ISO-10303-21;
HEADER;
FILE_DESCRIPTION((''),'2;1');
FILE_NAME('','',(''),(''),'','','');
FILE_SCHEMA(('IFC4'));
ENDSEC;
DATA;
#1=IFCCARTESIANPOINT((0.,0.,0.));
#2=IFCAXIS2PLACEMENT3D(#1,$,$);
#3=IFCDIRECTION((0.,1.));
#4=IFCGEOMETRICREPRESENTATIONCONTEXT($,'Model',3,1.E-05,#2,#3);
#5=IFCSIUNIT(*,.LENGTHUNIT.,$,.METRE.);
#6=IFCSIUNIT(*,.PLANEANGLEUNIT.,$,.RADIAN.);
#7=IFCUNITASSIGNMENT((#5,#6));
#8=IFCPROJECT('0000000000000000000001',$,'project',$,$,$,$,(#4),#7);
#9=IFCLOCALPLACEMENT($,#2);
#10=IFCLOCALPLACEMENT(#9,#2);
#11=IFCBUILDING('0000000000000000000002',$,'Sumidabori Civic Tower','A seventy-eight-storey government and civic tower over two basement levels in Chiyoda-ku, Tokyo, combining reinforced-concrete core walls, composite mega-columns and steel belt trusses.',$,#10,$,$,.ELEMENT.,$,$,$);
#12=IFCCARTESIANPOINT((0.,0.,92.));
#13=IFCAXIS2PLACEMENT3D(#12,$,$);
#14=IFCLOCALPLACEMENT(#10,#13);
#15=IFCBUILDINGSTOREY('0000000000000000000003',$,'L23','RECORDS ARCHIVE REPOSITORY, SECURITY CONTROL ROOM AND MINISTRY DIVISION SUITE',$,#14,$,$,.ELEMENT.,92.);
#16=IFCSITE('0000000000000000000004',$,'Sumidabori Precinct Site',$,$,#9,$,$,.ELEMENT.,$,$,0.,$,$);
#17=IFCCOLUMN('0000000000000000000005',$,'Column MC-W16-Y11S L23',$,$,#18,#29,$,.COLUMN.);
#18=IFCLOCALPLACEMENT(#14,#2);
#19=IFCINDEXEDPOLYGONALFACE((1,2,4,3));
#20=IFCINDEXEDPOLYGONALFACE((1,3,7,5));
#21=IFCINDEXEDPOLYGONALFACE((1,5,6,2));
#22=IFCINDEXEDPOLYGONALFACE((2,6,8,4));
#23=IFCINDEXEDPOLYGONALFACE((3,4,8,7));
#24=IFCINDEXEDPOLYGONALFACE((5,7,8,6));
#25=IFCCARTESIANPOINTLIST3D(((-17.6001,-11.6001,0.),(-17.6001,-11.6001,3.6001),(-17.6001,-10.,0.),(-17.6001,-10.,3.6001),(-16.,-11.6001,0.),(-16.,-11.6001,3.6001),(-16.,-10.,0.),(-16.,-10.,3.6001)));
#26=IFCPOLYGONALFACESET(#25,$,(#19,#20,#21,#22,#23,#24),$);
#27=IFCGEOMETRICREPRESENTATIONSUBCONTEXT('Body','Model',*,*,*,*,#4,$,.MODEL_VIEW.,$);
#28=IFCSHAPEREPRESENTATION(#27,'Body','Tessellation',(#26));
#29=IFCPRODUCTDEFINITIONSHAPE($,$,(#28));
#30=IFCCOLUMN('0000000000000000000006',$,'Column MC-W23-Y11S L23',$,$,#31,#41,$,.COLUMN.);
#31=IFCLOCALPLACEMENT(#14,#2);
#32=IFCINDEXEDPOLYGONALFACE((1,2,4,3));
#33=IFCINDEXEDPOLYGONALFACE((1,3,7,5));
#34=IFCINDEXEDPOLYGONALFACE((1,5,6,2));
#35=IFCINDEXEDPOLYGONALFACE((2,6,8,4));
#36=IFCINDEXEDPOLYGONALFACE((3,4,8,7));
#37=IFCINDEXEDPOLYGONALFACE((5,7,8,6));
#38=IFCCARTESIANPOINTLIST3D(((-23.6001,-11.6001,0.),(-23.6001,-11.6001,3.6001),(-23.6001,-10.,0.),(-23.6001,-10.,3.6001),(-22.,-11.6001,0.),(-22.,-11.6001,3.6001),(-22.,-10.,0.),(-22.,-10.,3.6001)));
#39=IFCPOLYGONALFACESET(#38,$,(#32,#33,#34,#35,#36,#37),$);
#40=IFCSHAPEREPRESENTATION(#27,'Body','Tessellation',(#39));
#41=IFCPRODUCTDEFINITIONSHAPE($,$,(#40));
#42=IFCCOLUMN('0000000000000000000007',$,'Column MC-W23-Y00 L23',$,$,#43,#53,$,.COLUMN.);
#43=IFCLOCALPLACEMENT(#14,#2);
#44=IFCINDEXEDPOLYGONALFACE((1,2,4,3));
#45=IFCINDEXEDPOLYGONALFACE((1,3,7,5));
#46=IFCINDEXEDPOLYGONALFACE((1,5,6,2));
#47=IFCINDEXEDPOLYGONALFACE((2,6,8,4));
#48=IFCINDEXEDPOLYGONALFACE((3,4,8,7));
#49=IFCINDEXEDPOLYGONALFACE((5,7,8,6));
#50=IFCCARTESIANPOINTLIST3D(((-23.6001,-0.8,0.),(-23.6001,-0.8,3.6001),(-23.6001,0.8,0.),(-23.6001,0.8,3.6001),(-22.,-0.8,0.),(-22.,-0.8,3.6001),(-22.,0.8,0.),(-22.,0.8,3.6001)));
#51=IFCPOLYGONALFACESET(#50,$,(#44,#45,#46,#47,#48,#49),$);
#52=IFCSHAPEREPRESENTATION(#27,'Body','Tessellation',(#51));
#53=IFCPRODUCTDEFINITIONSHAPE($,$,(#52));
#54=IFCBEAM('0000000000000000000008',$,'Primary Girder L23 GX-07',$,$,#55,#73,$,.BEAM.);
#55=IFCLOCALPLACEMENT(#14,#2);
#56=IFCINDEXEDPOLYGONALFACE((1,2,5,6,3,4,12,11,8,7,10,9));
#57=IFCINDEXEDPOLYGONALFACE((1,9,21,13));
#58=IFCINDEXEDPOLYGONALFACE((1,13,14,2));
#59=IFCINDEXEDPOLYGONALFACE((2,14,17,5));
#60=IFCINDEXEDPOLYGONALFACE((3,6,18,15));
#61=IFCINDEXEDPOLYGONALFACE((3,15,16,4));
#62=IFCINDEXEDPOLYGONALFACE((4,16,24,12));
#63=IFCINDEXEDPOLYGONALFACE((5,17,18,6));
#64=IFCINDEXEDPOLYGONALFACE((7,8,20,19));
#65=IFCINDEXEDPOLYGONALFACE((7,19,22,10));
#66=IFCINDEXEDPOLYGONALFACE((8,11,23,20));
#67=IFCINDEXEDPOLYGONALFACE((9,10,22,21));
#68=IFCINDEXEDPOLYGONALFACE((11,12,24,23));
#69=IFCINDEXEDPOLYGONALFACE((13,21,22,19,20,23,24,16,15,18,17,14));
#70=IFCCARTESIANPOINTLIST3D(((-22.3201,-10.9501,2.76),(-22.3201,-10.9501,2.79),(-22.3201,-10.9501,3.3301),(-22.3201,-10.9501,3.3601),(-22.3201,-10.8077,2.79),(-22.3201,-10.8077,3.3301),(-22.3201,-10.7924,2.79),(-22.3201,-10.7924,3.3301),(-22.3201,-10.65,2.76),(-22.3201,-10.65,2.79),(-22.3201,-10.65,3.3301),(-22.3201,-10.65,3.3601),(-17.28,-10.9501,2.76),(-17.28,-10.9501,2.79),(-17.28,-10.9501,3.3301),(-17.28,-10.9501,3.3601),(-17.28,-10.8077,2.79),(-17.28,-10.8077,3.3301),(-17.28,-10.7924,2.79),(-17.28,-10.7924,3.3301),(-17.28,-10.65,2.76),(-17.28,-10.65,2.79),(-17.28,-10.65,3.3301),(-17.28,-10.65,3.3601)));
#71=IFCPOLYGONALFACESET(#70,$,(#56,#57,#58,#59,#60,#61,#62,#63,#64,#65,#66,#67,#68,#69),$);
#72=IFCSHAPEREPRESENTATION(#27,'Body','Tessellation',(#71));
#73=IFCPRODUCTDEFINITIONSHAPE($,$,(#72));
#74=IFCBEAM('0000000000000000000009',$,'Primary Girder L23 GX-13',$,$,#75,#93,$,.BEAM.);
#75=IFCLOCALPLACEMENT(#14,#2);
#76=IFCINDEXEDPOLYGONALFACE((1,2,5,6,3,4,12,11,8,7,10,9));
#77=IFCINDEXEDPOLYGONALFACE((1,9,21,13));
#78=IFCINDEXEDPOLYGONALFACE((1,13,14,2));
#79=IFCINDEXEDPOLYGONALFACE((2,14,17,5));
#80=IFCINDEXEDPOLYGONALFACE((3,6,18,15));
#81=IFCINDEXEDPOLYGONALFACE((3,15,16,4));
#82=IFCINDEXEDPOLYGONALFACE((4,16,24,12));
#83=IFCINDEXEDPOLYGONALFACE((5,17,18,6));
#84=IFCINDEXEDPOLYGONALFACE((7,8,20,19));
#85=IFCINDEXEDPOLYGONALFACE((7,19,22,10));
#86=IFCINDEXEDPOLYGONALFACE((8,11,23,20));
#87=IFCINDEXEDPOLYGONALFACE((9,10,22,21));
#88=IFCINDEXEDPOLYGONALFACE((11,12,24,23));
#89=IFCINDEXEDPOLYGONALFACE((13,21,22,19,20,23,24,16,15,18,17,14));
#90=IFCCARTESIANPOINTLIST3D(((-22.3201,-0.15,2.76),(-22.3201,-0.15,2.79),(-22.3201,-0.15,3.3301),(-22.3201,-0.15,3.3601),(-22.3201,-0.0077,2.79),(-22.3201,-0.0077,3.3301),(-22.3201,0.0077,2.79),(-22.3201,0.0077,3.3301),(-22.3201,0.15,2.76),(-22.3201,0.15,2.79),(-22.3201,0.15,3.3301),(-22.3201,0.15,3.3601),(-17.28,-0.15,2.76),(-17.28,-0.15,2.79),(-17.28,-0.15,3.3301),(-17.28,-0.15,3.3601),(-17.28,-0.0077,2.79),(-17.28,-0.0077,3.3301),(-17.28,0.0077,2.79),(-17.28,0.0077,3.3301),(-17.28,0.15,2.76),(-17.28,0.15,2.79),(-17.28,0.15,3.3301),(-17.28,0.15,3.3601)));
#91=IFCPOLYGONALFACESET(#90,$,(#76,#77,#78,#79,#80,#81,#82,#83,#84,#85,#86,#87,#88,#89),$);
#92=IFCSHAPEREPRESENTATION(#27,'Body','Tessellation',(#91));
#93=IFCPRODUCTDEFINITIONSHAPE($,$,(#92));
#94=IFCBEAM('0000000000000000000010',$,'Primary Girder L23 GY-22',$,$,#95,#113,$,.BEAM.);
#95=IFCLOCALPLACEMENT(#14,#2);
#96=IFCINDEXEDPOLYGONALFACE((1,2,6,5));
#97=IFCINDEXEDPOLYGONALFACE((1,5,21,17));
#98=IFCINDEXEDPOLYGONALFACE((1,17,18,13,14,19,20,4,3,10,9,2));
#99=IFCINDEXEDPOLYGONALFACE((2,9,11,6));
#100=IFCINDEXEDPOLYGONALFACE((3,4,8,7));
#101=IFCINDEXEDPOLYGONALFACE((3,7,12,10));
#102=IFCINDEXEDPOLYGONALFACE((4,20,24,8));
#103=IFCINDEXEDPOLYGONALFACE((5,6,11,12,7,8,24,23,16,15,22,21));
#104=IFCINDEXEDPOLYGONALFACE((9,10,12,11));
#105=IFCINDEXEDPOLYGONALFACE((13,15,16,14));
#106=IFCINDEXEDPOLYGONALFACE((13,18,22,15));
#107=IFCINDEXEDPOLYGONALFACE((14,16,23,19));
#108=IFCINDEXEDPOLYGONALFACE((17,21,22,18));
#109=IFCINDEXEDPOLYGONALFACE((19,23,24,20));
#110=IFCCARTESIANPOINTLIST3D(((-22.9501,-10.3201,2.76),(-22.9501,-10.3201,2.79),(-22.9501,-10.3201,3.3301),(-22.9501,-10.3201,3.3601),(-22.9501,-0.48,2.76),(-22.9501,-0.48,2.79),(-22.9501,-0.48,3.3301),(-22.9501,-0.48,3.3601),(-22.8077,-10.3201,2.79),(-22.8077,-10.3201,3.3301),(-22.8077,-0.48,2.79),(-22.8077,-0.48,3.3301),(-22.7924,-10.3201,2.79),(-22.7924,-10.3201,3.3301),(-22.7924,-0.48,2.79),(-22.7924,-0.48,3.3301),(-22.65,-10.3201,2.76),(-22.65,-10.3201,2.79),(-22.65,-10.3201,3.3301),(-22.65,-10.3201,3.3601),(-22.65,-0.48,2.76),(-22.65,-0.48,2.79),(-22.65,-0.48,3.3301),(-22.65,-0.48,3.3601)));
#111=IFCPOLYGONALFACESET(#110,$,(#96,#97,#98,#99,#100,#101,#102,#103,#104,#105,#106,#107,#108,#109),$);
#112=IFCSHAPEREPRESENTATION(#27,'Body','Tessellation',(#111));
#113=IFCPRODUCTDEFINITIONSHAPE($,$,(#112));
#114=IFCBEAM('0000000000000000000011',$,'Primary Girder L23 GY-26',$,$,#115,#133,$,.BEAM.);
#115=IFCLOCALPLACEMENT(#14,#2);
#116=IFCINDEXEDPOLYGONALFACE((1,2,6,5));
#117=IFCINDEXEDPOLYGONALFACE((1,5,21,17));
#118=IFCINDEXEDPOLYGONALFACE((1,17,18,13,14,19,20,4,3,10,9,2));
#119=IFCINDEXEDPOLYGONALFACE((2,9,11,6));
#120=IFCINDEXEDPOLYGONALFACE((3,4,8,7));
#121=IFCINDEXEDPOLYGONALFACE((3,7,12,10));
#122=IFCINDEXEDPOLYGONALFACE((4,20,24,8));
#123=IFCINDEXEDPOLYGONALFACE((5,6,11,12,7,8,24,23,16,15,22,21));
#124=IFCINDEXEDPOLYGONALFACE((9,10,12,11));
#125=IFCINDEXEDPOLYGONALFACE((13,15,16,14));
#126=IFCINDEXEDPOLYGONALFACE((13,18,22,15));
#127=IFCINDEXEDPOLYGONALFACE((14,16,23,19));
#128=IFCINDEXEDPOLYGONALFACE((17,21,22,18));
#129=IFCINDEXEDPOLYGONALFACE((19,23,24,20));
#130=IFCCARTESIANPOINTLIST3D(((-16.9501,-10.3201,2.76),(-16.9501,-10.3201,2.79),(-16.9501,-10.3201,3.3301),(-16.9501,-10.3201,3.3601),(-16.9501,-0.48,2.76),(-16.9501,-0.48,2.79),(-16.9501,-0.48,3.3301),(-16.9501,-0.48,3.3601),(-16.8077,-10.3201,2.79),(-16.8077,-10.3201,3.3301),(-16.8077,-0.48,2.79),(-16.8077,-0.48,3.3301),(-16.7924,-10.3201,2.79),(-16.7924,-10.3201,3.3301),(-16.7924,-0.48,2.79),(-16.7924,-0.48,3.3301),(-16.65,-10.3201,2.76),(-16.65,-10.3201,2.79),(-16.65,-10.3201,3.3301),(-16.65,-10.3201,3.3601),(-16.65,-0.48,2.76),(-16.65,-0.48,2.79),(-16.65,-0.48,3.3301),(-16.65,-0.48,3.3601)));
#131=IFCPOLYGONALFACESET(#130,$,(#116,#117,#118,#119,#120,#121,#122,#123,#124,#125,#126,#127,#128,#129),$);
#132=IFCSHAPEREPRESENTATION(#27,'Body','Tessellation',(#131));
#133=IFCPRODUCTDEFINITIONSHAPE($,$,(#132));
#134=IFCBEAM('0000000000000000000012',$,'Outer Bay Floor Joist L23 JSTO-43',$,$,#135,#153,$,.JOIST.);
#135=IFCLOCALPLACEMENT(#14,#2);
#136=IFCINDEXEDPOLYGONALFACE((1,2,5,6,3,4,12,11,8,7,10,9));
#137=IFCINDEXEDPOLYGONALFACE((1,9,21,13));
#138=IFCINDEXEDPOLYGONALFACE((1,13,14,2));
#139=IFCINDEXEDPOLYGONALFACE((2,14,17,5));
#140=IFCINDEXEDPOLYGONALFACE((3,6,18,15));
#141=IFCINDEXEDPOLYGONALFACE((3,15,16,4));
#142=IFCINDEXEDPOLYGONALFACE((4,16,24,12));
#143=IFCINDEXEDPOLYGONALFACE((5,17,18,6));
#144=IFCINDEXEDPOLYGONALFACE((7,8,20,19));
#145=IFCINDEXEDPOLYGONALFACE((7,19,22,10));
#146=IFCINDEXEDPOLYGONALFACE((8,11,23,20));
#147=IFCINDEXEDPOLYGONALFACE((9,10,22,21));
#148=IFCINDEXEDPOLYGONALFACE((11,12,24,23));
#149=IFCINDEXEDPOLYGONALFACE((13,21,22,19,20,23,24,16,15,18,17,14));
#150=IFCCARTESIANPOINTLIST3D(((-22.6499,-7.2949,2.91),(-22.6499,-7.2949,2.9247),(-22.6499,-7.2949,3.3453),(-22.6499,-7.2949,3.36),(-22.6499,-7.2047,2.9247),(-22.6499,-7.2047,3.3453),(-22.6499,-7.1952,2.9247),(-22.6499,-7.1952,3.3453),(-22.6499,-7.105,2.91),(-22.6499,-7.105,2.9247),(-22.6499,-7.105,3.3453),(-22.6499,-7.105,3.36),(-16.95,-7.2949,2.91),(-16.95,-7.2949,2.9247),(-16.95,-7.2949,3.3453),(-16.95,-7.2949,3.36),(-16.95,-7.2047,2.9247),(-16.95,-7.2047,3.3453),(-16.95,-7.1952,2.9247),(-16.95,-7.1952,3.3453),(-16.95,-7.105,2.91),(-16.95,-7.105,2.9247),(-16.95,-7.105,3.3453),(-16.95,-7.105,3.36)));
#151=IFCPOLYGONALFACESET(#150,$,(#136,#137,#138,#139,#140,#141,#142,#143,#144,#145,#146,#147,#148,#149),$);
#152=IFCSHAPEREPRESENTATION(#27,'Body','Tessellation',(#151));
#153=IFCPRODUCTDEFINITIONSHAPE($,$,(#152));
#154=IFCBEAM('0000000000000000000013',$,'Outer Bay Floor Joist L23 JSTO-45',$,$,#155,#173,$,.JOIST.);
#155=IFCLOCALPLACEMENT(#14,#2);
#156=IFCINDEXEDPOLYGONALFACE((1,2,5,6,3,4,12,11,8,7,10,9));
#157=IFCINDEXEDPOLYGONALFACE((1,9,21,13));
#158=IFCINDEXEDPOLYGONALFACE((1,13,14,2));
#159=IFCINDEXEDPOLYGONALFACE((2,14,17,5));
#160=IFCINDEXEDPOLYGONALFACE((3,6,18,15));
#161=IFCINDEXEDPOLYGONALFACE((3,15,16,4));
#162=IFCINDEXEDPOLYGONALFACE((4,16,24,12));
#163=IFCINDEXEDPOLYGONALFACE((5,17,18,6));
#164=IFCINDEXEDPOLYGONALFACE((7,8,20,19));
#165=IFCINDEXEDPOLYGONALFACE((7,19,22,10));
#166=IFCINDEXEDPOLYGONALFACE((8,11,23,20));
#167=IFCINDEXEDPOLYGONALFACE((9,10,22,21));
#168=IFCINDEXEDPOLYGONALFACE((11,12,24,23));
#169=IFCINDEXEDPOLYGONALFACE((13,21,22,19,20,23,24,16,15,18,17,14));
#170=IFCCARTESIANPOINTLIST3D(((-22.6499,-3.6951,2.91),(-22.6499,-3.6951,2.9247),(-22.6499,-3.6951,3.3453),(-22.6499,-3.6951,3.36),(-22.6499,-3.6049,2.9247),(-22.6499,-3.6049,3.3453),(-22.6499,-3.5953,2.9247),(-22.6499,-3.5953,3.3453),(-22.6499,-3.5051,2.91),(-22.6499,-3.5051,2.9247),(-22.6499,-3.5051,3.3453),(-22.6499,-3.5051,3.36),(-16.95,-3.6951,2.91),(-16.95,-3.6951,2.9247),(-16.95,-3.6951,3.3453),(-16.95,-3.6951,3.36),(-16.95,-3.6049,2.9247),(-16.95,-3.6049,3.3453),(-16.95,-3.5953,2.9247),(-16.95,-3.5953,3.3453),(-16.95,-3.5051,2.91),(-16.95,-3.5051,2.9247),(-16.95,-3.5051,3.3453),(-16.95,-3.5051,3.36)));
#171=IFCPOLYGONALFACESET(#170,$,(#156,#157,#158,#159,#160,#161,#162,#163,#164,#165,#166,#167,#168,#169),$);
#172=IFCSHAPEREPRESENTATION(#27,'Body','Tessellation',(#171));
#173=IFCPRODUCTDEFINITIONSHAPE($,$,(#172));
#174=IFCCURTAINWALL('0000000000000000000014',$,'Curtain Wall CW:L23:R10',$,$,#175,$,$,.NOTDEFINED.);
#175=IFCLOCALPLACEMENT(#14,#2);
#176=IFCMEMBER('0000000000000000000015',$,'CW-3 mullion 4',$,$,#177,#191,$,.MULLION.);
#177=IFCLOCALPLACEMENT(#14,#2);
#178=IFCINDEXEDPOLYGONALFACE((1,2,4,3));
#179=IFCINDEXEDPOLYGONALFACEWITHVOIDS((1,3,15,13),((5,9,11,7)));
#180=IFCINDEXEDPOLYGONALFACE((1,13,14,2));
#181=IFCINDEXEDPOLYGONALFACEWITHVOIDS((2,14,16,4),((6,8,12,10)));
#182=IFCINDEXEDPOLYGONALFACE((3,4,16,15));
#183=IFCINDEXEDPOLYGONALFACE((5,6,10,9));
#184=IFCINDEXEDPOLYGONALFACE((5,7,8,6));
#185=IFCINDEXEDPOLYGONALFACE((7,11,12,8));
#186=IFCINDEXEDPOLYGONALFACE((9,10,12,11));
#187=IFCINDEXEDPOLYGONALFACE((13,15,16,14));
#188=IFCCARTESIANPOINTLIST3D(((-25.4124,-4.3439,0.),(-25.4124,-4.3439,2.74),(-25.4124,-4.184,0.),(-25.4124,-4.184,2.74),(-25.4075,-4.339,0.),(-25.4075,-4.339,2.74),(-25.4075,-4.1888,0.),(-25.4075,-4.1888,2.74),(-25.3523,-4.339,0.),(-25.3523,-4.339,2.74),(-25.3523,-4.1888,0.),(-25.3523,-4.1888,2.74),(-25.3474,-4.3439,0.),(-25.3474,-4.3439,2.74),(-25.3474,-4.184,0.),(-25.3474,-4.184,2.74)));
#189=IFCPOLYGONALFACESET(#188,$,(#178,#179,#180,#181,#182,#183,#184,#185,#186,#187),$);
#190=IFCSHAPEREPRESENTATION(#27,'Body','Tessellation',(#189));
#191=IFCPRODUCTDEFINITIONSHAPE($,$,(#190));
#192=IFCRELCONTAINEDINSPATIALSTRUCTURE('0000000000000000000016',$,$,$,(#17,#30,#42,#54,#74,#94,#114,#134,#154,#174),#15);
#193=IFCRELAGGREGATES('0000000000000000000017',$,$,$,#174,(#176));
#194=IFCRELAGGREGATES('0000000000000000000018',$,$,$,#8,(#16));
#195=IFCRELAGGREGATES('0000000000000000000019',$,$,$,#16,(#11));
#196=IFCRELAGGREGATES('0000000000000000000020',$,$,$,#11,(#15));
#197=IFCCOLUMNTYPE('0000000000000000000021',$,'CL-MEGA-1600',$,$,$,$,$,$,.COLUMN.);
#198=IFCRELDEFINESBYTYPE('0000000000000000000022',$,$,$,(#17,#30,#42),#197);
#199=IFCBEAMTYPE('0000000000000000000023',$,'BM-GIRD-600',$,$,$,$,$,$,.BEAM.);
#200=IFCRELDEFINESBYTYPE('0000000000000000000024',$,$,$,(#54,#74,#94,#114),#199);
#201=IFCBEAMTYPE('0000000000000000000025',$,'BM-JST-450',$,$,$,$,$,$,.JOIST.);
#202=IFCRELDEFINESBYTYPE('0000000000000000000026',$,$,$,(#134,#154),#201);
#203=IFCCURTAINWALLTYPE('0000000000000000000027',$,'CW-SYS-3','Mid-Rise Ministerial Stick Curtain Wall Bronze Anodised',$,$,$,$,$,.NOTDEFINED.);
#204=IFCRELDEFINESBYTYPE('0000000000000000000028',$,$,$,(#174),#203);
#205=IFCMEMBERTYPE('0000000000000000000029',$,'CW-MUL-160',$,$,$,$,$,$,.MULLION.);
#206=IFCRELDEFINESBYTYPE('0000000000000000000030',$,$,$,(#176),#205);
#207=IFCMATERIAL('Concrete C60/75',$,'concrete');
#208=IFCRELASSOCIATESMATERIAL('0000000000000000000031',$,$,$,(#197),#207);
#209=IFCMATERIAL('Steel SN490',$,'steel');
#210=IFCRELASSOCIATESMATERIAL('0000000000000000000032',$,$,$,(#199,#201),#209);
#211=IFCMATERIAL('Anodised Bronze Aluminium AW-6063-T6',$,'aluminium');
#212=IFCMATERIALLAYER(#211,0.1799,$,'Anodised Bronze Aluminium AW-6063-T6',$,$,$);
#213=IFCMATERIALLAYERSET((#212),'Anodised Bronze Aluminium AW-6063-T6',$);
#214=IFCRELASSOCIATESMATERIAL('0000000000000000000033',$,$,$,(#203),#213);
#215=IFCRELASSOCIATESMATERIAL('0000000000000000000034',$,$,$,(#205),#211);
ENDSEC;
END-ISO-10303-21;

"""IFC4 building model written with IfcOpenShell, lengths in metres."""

from ifc_helpers import new_model, si_unit, direction, frame, origin, origin_2d, place, context, subcontext, project, spatial, rectangle, hollow_rectangle, i_section, extrude, source, transform, mapped, material, layer, layer_set, material_profile, profile_set, type_object, element, aggregate, save


model = new_model("IFC4")

# Units and contexts
model_context = context("Model", 3, precision=1e-05, world=origin(), true_north=direction((0.0, 1.0)))
body_context = subcontext(model_context, "Body", "Model", "MODEL_VIEW")
ifc_project = project(units=[si_unit("LENGTHUNIT", "METRE"), si_unit("PLANEANGLEUNIT", "RADIAN")], contexts=[model_context])

# Site, building, storey
site_placement = place(None, origin())
site = spatial("IfcSite", under=ifc_project, at=site_placement, Name="Sumidabori Precinct Site", CompositionType="ELEMENT", RefElevation=0.0)
building_placement = place(site_placement, origin())
building = spatial("IfcBuilding", under=site, at=building_placement, Name="Sumidabori Civic Tower", Description="A seventy-eight-storey government and civic tower over two basement levels in Chiyoda-ku, Tokyo, combining reinforced-concrete core walls, composite mega-columns and steel belt trusses.", CompositionType="ELEMENT")
storey_placement = place(building_placement, frame((0.0, 0.0, 92.0)))
storey = spatial("IfcBuildingStorey", under=building, at=storey_placement, Name="L23", Description="RECORDS ARCHIVE REPOSITORY, SECURITY CONTROL ROOM AND MINISTRY DIVISION SUITE", CompositionType="ELEMENT", Elevation=92.0)

# Columns
ifc_material_1 = material(Name="Concrete C60/75", Category="concrete")
ifc_material_profile_1 = material_profile(ifc_material_1, rectangle(XDim=1.6001, YDim=1.6001, at=origin_2d()), Name="RC 1600x1600")
ifc_profile_set_1 = profile_set([ifc_material_profile_1], Name="Concrete C60/75")
column_type = type_object("IfcColumnType", Name="CL-MEGA-1600", PredefinedType="COLUMN", material=ifc_profile_set_1)
shared_shape_1 = source(origin(), body_context, "Body", "SweptSolid", [
    extrude(rectangle(XDim=1.6001, YDim=1.6001, at=origin_2d()), origin(), (0.0, 0.0, 1.0), 3.6001),
])
for number, where, z_axis, x_axis, name in (
    (1, (-16.8, -10.8, 0.0), (0.0, 0.0, 1.0), (1.0, 0.0, 0.0), "Column MC-W16-Y11S L23"),
    (2, (-22.8, -10.8, 0.0), (0.0, 0.0, 1.0), (1.0, 0.0, 0.0), "Column MC-W23-Y11S L23"),
    (3, (-22.8, 0.0, 0.0), (0.0, 0.0, 1.0), (1.0, 0.0, 0.0), "Column MC-W23-Y00 L23"),
):
    element("IfcColumn", number, at=place(storey_placement, frame(where, z_axis=z_axis, x_axis=x_axis)), inside=storey, type_object=column_type, Name=name, PredefinedType="COLUMN", context=body_context, shape_type="MappedRepresentation", body=[
        mapped(shared_shape_1, transform((0.0, 0.0, 0.0), x_axis=(1.0, 0.0, 0.0), y_axis=(0.0, 1.0, 0.0), z_axis=(0.0, 0.0, 1.0), scale=1.0)),
    ])

# Beams
ifc_material_2 = material(Name="Steel SN490", Category="steel")
ifc_material_profile_2 = material_profile(ifc_material_2, i_section(OverallWidth=0.3, OverallDepth=0.6001, WebThickness=0.0154, FlangeThickness=0.03, at=origin_2d()), Name="HE 600 B")
ifc_profile_set_2 = profile_set([ifc_material_profile_2], Name="Steel SN490")
beam_type_1 = type_object("IfcBeamType", Name="BM-GIRD-600", PredefinedType="BEAM", material=ifc_profile_set_2)
shared_shape_2 = source(origin(), body_context, "Body", "SweptSolid", [
    extrude(i_section(OverallWidth=0.3, OverallDepth=0.6001, WebThickness=0.0154, FlangeThickness=0.03, at=origin_2d()), origin(), (0.0, 0.0, 1.0), 5.04),
])
for number, where, z_axis, x_axis, name in (
    (4, (-22.3201, -10.8, 3.0601), (1.0, 0.0, 0.0), (0.0, 1.0, 0.0), "Primary Girder L23 GX-07"),
    (5, (-22.3201, 0.0, 3.0601), (1.0, 0.0, 0.0), (0.0, 1.0, 0.0), "Primary Girder L23 GX-13"),
):
    element("IfcBeam", number, at=place(storey_placement, frame(where, z_axis=z_axis, x_axis=x_axis)), inside=storey, type_object=beam_type_1, Name=name, PredefinedType="BEAM", context=body_context, shape_type="MappedRepresentation", body=[
        mapped(shared_shape_2, transform((0.0, 0.0, 0.0), x_axis=(1.0, 0.0, 0.0), y_axis=(0.0, 1.0, 0.0), z_axis=(0.0, 0.0, 1.0), scale=1.0)),
    ])
shared_shape_3 = source(origin(), body_context, "Body", "SweptSolid", [
    extrude(i_section(OverallWidth=0.3, OverallDepth=0.6001, WebThickness=0.0154, FlangeThickness=0.03, at=origin_2d()), origin(), (0.0, 0.0, 1.0), 9.8401),
])
for number, where, z_axis, x_axis, name in (
    (6, (-22.8, -10.3201, 3.0601), (0.0, 1.0, 0.0), (-1.0, 0.0, 0.0), "Primary Girder L23 GY-22"),
    (7, (-16.8, -10.3201, 3.0601), (0.0, 1.0, 0.0), (-1.0, 0.0, 0.0), "Primary Girder L23 GY-26"),
):
    element("IfcBeam", number, at=place(storey_placement, frame(where, z_axis=z_axis, x_axis=x_axis)), inside=storey, type_object=beam_type_1, Name=name, PredefinedType="BEAM", context=body_context, shape_type="MappedRepresentation", body=[
        mapped(shared_shape_3, transform((0.0, 0.0, 0.0), x_axis=(1.0, 0.0, 0.0), y_axis=(0.0, 1.0, 0.0), z_axis=(0.0, 0.0, 1.0), scale=1.0)),
    ])
ifc_material_profile_3 = material_profile(ifc_material_2, i_section(OverallWidth=0.1899, OverallDepth=0.45, WebThickness=0.0095, FlangeThickness=0.0146, at=origin_2d()), Name="IPE 450")
ifc_profile_set_3 = profile_set([ifc_material_profile_3], Name="Steel SN490")
beam_type_2 = type_object("IfcBeamType", Name="BM-JST-450", PredefinedType="JOIST", material=ifc_profile_set_3)
shared_shape_4 = source(origin(), body_context, "Body", "SweptSolid", [
    extrude(i_section(OverallWidth=0.1899, OverallDepth=0.45, WebThickness=0.0095, FlangeThickness=0.0146, at=origin_2d()), origin(), (0.0, 0.0, 1.0), 5.7),
])
for number, where, z_axis, x_axis, name in (
    (8, (-22.6499, -7.2, 3.135), (1.0, 0.0, 0.0), (0.0, 1.0, 0.0), "Outer Bay Floor Joist L23 JSTO-43"),
    (9, (-22.6499, -3.6001, 3.135), (1.0, 0.0, 0.0), (0.0, 1.0, 0.0), "Outer Bay Floor Joist L23 JSTO-45"),
):
    element("IfcBeam", number, at=place(storey_placement, frame(where, z_axis=z_axis, x_axis=x_axis)), inside=storey, type_object=beam_type_2, Name=name, PredefinedType="JOIST", context=body_context, shape_type="MappedRepresentation", body=[
        mapped(shared_shape_4, transform((0.0, 0.0, 0.0), x_axis=(1.0, 0.0, 0.0), y_axis=(0.0, 1.0, 0.0), z_axis=(0.0, 0.0, 1.0), scale=1.0)),
    ])

# Curtain wall, member
ifc_material_3 = material(Name="Anodised Bronze Aluminium AW-6063-T6", Category="aluminium")
ifc_layer_1 = layer(ifc_material_3, 0.1799, Name="Anodised Bronze Aluminium AW-6063-T6")
ifc_layer_set_1 = layer_set([ifc_layer_1], Name="Anodised Bronze Aluminium AW-6063-T6")
curtain_wall_type = type_object("IfcCurtainWallType", Name="CW-SYS-3", Description="Mid-Rise Ministerial Stick Curtain Wall Bronze Anodised", PredefinedType="NOTDEFINED", material=ifc_layer_set_1)
curtain_wall_placement = place(storey_placement, origin())
curtain_wall = element("IfcCurtainWall", 10, at=curtain_wall_placement, inside=storey, type_object=curtain_wall_type, Name="Curtain Wall CW:L23:R10", PredefinedType="NOTDEFINED")
ifc_material_profile_4 = material_profile(ifc_material_3, hollow_rectangle(XDim=0.0649, YDim=0.1599, WallThickness=0.0049, at=origin_2d()), Name="ALU MULLION 160x65")
ifc_profile_set_4 = profile_set([ifc_material_profile_4], Name="Anodised Bronze Aluminium AW-6063-T6")
member_type_1 = type_object("IfcMemberType", Name="CW-MUL-160", PredefinedType="MULLION", material=ifc_profile_set_4)
shared_shape_5 = source(origin(), body_context, "Body", "SweptSolid", [
    extrude(hollow_rectangle(XDim=0.0649, YDim=0.1599, WallThickness=0.0049, at=origin_2d()), origin(), (0.0, 0.0, 1.0), 2.74),
])
member_1_placement = place(storey_placement, frame((-25.3799, -4.2639, 0.0), z_axis=(0.0, 0.0, 1.0), x_axis=(1.0, 0.0, 0.0)))
member_1 = element("IfcMember", 11, at=member_1_placement, type_object=member_type_1, Name="CW-3 mullion 4", PredefinedType="MULLION", context=body_context, shape_type="MappedRepresentation", body=[
    mapped(shared_shape_5, transform((0.0, 0.0, 0.0), x_axis=(1.0, 0.0, 0.0), y_axis=(0.0, 1.0, 0.0), z_axis=(0.0, 0.0, 1.0), scale=1.0)),
])
aggregate(curtain_wall, [member_1])

save(model, "model.ifc")
